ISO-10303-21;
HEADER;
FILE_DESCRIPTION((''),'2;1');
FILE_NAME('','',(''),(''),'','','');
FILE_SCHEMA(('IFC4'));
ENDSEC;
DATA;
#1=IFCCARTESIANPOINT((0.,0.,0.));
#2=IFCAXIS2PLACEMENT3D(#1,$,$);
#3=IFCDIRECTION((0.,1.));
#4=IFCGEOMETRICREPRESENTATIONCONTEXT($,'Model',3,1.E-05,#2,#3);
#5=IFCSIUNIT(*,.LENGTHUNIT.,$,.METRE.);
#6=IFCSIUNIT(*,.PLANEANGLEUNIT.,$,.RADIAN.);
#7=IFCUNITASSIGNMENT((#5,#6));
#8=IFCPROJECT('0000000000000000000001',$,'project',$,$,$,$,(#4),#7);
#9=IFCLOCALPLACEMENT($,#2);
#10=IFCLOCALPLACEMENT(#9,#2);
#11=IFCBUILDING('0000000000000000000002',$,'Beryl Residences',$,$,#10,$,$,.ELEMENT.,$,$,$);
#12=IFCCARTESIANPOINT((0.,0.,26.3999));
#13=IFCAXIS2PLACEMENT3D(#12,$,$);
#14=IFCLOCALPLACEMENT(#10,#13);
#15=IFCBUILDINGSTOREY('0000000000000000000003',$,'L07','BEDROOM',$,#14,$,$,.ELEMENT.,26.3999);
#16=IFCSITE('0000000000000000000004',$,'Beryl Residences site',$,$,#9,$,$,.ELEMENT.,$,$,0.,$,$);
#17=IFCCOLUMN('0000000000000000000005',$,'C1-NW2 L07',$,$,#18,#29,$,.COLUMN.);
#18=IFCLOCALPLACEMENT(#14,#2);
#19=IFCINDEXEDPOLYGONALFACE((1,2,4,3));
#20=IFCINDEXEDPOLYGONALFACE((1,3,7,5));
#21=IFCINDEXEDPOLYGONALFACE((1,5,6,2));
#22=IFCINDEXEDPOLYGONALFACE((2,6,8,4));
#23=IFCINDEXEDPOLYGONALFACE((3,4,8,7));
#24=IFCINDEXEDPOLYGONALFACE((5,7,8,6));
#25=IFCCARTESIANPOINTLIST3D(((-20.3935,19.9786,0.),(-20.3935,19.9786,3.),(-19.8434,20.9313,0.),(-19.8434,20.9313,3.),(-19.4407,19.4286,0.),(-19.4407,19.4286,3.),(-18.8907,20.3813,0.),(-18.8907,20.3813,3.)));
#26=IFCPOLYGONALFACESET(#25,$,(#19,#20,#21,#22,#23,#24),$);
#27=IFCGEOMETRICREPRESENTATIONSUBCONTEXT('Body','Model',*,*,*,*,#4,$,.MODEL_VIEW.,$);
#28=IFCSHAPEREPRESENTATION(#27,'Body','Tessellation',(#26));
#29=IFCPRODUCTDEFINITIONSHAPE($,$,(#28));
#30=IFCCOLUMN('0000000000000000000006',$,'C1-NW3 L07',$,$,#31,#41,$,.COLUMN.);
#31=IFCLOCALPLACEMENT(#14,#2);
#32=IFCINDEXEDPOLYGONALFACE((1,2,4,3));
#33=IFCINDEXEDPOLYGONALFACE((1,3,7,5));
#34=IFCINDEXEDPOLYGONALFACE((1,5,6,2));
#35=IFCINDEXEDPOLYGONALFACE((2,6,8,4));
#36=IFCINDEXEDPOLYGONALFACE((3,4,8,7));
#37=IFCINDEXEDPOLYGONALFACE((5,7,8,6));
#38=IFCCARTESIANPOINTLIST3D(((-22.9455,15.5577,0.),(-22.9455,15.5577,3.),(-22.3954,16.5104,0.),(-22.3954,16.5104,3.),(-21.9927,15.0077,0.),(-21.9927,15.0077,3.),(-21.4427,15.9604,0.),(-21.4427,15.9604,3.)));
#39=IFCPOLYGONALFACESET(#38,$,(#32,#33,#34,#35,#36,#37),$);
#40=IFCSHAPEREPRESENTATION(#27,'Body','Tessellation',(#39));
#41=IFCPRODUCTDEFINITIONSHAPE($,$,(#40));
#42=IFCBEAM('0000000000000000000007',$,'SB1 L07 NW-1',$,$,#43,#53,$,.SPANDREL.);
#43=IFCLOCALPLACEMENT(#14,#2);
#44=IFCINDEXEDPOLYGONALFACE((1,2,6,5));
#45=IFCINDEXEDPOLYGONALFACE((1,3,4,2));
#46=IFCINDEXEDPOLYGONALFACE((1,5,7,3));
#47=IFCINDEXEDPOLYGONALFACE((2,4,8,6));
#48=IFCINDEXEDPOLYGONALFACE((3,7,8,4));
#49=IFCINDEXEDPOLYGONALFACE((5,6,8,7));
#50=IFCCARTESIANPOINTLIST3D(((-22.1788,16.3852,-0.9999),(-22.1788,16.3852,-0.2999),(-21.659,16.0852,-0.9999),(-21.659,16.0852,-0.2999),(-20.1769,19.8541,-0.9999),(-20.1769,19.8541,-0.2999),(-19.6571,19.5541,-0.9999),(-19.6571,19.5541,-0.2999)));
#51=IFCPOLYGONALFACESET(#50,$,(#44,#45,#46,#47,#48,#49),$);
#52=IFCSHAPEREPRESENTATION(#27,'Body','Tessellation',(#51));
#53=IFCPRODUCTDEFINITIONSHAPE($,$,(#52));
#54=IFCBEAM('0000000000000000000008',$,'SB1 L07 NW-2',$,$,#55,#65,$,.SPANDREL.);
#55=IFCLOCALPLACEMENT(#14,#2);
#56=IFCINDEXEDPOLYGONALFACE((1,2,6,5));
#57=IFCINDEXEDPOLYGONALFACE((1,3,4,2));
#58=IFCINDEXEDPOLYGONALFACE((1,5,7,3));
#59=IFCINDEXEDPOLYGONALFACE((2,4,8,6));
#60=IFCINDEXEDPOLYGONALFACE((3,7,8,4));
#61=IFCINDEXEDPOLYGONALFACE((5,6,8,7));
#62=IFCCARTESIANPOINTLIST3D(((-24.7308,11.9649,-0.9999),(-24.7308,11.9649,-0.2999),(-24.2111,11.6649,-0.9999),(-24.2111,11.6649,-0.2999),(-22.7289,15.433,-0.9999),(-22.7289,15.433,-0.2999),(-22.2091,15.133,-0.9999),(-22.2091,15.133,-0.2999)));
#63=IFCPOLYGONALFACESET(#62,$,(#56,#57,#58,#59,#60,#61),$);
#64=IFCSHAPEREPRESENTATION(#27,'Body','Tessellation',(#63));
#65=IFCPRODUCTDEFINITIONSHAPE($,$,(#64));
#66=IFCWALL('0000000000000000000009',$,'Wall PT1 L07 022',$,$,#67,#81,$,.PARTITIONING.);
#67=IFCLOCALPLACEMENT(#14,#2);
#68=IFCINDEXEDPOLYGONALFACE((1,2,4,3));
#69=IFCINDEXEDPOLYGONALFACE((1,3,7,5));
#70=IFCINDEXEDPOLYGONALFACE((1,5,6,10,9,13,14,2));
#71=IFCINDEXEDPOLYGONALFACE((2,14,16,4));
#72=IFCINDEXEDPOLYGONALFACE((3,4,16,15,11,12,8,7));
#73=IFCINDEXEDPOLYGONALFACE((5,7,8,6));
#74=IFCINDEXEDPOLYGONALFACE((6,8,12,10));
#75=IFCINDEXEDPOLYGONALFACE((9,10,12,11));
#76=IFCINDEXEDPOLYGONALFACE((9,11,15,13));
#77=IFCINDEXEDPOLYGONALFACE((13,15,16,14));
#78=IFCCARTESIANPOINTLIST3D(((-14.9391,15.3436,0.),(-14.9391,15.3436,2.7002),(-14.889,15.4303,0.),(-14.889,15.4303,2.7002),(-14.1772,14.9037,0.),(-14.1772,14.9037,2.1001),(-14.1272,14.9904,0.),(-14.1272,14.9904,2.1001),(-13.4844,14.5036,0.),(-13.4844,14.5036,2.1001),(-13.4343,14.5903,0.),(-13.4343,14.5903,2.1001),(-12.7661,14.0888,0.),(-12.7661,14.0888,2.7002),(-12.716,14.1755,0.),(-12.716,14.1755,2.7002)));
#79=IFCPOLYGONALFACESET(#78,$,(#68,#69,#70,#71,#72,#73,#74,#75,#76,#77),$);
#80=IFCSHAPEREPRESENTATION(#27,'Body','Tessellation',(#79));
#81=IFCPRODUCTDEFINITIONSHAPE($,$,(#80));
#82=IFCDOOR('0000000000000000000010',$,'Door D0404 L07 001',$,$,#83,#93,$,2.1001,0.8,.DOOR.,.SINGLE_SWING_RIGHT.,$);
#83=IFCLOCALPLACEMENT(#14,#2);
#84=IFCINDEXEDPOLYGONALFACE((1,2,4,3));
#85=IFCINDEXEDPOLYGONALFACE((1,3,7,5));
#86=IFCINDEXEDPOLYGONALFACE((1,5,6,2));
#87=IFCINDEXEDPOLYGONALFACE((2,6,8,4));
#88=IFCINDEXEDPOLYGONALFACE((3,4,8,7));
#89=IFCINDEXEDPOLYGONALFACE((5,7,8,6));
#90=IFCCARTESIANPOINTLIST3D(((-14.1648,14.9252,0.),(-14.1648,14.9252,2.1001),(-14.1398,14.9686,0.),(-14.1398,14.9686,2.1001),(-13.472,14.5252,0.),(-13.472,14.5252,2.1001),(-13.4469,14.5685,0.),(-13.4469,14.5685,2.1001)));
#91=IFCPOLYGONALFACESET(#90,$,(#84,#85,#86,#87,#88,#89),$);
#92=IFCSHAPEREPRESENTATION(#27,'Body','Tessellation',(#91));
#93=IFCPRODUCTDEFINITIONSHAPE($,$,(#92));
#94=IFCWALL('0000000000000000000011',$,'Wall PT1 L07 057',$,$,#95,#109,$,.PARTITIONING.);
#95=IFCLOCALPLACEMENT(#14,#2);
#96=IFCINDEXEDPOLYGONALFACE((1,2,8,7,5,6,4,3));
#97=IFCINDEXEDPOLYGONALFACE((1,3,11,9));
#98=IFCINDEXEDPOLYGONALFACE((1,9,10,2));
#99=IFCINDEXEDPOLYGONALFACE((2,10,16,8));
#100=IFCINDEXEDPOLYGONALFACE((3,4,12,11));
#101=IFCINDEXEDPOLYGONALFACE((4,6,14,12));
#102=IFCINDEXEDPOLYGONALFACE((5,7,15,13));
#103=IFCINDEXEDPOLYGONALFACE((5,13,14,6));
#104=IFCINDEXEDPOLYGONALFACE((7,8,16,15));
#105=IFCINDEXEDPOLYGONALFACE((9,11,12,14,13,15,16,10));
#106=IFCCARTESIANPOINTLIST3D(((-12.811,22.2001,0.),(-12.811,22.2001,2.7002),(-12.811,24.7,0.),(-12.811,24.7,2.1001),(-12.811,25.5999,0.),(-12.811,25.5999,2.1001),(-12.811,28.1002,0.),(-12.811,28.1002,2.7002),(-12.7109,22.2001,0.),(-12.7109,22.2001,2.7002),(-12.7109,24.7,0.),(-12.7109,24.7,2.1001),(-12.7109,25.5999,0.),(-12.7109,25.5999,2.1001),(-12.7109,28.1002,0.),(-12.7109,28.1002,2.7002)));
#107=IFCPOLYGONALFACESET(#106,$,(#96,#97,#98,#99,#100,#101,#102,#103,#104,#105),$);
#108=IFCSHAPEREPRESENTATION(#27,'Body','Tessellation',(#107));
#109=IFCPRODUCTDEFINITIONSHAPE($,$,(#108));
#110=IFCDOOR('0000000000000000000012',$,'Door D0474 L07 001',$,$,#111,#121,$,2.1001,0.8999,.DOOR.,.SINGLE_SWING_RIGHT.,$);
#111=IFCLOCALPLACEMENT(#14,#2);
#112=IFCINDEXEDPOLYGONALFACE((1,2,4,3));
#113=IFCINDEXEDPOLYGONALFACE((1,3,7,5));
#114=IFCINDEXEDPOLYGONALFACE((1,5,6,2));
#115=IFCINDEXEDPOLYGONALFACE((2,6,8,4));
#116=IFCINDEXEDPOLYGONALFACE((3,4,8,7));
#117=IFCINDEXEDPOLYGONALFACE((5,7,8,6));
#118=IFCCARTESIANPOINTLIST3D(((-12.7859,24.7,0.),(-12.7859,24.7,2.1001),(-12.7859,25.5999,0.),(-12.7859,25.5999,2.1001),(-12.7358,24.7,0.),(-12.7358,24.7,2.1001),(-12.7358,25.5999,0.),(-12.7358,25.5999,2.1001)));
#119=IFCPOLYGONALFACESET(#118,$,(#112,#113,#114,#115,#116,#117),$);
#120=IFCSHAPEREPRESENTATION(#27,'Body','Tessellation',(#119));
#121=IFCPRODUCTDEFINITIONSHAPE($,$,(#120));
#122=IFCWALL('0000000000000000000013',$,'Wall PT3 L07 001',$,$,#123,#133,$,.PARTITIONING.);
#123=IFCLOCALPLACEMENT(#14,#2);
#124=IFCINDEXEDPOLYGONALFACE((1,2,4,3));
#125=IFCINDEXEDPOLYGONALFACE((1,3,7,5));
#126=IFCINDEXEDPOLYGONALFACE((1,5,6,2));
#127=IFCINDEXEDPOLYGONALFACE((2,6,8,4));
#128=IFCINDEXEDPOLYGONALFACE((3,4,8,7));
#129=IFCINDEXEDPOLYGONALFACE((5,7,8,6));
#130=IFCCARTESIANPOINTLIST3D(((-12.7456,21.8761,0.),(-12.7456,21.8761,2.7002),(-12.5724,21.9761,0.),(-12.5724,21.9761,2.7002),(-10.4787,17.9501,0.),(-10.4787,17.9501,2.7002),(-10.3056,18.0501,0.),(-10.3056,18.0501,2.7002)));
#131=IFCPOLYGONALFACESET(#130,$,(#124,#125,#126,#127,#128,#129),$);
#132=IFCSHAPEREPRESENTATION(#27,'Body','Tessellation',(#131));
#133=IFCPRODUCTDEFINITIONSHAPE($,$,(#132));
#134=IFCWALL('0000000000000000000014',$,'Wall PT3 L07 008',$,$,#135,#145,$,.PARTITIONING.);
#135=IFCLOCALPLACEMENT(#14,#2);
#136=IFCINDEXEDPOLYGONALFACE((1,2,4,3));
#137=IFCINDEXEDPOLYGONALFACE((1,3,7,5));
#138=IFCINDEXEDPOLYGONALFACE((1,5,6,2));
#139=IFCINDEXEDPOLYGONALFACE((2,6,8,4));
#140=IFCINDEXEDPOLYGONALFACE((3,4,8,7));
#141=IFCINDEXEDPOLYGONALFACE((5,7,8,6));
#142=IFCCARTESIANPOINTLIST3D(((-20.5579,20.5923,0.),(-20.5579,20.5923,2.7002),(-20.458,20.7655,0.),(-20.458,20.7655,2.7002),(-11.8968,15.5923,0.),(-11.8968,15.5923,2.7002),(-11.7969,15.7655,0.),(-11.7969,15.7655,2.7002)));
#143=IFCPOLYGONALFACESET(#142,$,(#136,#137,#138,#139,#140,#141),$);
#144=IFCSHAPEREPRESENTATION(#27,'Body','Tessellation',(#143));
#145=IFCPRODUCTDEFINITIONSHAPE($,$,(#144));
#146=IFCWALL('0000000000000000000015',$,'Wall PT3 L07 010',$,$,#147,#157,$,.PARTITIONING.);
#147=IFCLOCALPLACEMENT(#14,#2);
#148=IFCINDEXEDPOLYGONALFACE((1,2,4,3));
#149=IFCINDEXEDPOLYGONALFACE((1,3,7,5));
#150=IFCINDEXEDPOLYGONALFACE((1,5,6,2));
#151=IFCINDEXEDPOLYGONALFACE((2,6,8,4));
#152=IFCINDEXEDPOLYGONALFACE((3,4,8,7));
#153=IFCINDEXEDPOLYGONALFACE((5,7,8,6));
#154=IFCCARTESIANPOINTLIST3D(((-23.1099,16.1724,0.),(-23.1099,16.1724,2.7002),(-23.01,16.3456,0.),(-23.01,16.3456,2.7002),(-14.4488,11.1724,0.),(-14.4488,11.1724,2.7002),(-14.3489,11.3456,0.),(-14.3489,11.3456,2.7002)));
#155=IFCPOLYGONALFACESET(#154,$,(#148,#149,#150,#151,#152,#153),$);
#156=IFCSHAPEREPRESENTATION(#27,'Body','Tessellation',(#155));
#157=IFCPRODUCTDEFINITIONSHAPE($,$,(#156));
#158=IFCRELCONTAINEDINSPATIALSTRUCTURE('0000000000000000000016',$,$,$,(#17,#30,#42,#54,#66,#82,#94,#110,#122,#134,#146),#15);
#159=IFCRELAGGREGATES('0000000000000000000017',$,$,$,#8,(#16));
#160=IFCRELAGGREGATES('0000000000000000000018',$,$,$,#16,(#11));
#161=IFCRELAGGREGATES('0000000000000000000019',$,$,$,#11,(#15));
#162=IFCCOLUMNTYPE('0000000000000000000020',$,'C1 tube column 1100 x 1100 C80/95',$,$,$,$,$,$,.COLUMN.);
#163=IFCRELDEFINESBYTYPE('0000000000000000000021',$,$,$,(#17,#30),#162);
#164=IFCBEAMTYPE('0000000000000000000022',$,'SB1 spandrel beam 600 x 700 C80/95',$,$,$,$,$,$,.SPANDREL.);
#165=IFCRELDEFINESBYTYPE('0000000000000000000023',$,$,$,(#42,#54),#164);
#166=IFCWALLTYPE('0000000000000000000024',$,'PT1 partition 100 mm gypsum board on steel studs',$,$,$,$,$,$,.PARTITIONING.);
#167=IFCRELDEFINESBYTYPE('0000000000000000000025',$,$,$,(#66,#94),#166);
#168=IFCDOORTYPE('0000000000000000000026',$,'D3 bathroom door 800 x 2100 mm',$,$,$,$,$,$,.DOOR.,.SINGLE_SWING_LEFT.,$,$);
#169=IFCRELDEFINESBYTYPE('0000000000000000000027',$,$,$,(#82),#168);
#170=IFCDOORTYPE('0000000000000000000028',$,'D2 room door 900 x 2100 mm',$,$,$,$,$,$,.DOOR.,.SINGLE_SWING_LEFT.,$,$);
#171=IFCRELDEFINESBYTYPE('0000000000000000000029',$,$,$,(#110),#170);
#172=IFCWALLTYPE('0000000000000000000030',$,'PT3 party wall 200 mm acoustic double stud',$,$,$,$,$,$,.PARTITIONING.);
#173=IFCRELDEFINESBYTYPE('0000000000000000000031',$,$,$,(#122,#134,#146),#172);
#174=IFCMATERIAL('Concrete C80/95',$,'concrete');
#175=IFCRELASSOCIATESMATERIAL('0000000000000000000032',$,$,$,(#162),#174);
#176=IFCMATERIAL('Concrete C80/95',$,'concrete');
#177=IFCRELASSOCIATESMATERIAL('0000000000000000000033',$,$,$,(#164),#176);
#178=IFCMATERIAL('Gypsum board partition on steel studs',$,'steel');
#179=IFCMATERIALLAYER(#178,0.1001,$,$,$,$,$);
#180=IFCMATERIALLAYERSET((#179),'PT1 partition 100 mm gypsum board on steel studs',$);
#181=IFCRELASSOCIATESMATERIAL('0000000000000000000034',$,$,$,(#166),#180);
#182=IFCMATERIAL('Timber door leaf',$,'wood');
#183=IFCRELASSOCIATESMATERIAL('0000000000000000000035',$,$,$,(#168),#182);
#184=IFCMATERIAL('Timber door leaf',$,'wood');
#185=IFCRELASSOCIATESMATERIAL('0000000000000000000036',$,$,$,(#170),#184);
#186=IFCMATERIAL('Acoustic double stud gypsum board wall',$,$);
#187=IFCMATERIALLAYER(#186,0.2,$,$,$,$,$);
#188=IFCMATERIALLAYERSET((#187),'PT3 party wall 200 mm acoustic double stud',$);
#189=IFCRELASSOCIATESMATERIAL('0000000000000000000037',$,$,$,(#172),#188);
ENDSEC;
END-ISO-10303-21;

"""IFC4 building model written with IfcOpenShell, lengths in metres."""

from ifc_helpers import new_model, si_unit, direction, frame, frame_2d, origin, origin_2d, place, context, subcontext, project, spatial, rectangle, extrude, material, layer, layer_set, material_profile, profile_set, type_object, element, fill, save


model = new_model("IFC4")

# Units and contexts
model_context = context("Model", 3, precision=1e-05, world=origin(), true_north=direction((0.0, 1.0)))
body_context = subcontext(model_context, "Body", "Model", "MODEL_VIEW")
ifc_project = project(units=[si_unit("LENGTHUNIT", "METRE"), si_unit("PLANEANGLEUNIT", "RADIAN")], contexts=[model_context])

# Site, building, storey
site_placement = place(None, origin())
site = spatial("IfcSite", under=ifc_project, at=site_placement, Name="Beryl Residences site", CompositionType="ELEMENT", RefElevation=0.0)
building_placement = place(site_placement, origin())
building = spatial("IfcBuilding", under=site, at=building_placement, Name="Beryl Residences", CompositionType="ELEMENT")
storey_placement = place(building_placement, frame((0.0, 0.0, 26.3999)))
storey = spatial("IfcBuildingStorey", under=building, at=storey_placement, Name="L07", Description="BEDROOM", CompositionType="ELEMENT", Elevation=26.3999)

# Columns
ifc_material_1 = material(Name="Concrete C80/95", Category="concrete")
ifc_material_profile_1 = material_profile(ifc_material_1, rectangle(XDim=1.1001, YDim=1.1001, at=origin_2d()))
ifc_profile_set_1 = profile_set([ifc_material_profile_1], Name="Concrete C80/95")
column_type = type_object("IfcColumnType", Name="C1 tube column 1100 x 1100 C80/95", PredefinedType="COLUMN", material=ifc_profile_set_1)
for number, where, z_axis, x_axis, name in (
    (1, (-19.6421, 20.1799, 0.0), (0.0, 0.0, 1.0), (-0.499985, -0.866034, 0.0), "C1-NW2 L07"),
    (2, (-22.1941, 15.759, 0.0), (0.0, 0.0, 1.0), (-0.499985, -0.866034, 0.0), "C1-NW3 L07"),
):
    element("IfcColumn", number, at=place(storey_placement, frame(where, z_axis=z_axis, x_axis=x_axis)), inside=storey, type_object=column_type, Name=name, PredefinedType="COLUMN", context=body_context, shape_type="SweptSolid", body=[
        extrude(rectangle(XDim=1.1001, YDim=1.1001, at=origin_2d()), origin(), (0.0, 0.0, 1.0), 3.0),
    ])

# Beams
ifc_material_2 = material(Name="Concrete C80/95", Category="concrete")
ifc_material_profile_2 = material_profile(ifc_material_2, rectangle(XDim=0.6001, YDim=0.7, at=origin_2d()))
ifc_profile_set_2 = profile_set([ifc_material_profile_2], Name="Concrete C80/95")
beam_type = type_object("IfcBeamType", Name="SB1 spandrel beam 600 x 700 C80/95", PredefinedType="SPANDREL", material=ifc_profile_set_2)
beam_1_placement = place(storey_placement, frame((-19.917, 19.7041, -0.6499), z_axis=(-0.499837, -0.86612, 0.0), x_axis=(0.86612, -0.499837, 0.0)))
element("IfcBeam", 3, at=beam_1_placement, inside=storey, type_object=beam_type, Name="SB1 L07 NW-1", PredefinedType="SPANDREL", context=body_context, shape_type="SweptSolid", body=[
    extrude(rectangle(XDim=0.6001, YDim=0.7, at=origin_2d()), origin(), (0.0, 0.0, 1.0), 4.0051),
])
beam_2_placement = place(storey_placement, frame((-22.469, 15.283, -0.6499), z_axis=(-0.499942, -0.866059, 0.0), x_axis=(0.866059, -0.499942, 0.0)))
element("IfcBeam", 4, at=beam_2_placement, inside=storey, type_object=beam_type, Name="SB1 L07 NW-2", PredefinedType="SPANDREL", context=body_context, shape_type="SweptSolid", body=[
    extrude(rectangle(XDim=0.6001, YDim=0.7, at=origin_2d()), origin(), (0.0, 0.0, 1.0), 4.0044),
])

# Walls, openings, doors
ifc_material_3 = material(Name="Gypsum board partition on steel studs", Category="steel")
ifc_layer_1 = layer(ifc_material_3, 0.1001)
ifc_layer_set_1 = layer_set([ifc_layer_1], Name="PT1 partition 100 mm gypsum board on steel studs")
wall_type_1 = type_object("IfcWallType", Name="PT1 partition 100 mm gypsum board on steel studs", PredefinedType="PARTITIONING", material=ifc_layer_set_1)
wall_1_placement = place(storey_placement, frame((-14.9141, 15.387, 0.0), z_axis=(0.0, 0.0, 1.0), x_axis=(0.865983, -0.500073, 0.0)))
wall_1 = element("IfcWall", 5, at=wall_1_placement, inside=storey, type_object=wall_type_1, Name="Wall PT1 L07 022", PredefinedType="PARTITIONING", context=body_context, shape_type="SweptSolid", body=[
    extrude(rectangle(XDim=2.5093, YDim=0.1001, at=frame_2d((1.2546, 0.0))), origin(), (0.0, 0.0, 1.0), 2.7002),
])
opening_1_placement = place(wall_1_placement, frame((0.8799, 0.0, 0.0)))
opening_1 = element("IfcOpeningElement", 6, at=opening_1_placement, cuts=wall_1, PredefinedType="OPENING", context=body_context, shape_type="SweptSolid", body=[
    extrude(rectangle(XDim=0.8, YDim=2.1001, at=frame_2d((0.3999, 1.05))), frame((0.0, 0.0601, 0.0), z_axis=(0.0, -1.0, 0.0), x_axis=(1.0, 0.0, 0.0)), (0.0, 0.0, 1.0), 0.1201),
])
ifc_material_4 = material(Name="Timber door leaf", Category="wood")
door_type_1 = type_object("IfcDoorType", Name="D3 bathroom door 800 x 2100 mm", OperationType="SINGLE_SWING_LEFT", PredefinedType="DOOR", material=ifc_material_4)
door_1_placement = place(opening_1_placement, origin())
door_1 = element("IfcDoor", 7, at=door_1_placement, inside=storey, type_object=door_type_1, Name="Door D0404 L07 001", OperationType="SINGLE_SWING_RIGHT", OverallHeight=2.1001, OverallWidth=0.8, PredefinedType="DOOR", context=body_context, shape_type="SweptSolid", body=[
    extrude(rectangle(XDim=0.8, YDim=2.1001, at=frame_2d((0.3999, 1.05))), frame((0.0, 0.0249, 0.0), z_axis=(0.0, -1.0, 0.0), x_axis=(1.0, 0.0, 0.0)), (0.0, 0.0, 1.0), 0.05),
])
fill(opening_1, door_1)
wall_2_placement = place(storey_placement, frame((-12.761, 22.2, 0.0), z_axis=(0.0, 0.0, 1.0), x_axis=(0.0, 1.0, 0.0)))
wall_2 = element("IfcWall", 8, at=wall_2_placement, inside=storey, type_object=wall_type_1, Name="Wall PT1 L07 057", PredefinedType="PARTITIONING", context=body_context, shape_type="SweptSolid", body=[
    extrude(rectangle(XDim=5.9001, YDim=0.1001, at=frame_2d((2.9502, 0.0))), origin(), (0.0, 0.0, 1.0), 2.7002),
])
opening_2_placement = place(wall_2_placement, frame((2.5, 0.0, 0.0)))
opening_2 = element("IfcOpeningElement", 9, at=opening_2_placement, cuts=wall_2, PredefinedType="OPENING", context=body_context, shape_type="SweptSolid", body=[
    extrude(rectangle(XDim=0.8999, YDim=2.1001, at=frame_2d((0.45, 1.05))), frame((0.0, 0.0601, 0.0), z_axis=(0.0, -1.0, 0.0), x_axis=(1.0, 0.0, 0.0)), (0.0, 0.0, 1.0), 0.1201),
])
ifc_material_5 = material(Name="Timber door leaf", Category="wood")
door_type_2 = type_object("IfcDoorType", Name="D2 room door 900 x 2100 mm", OperationType="SINGLE_SWING_LEFT", PredefinedType="DOOR", material=ifc_material_5)
door_2_placement = place(opening_2_placement, origin())
door_2 = element("IfcDoor", 10, at=door_2_placement, inside=storey, type_object=door_type_2, Name="Door D0474 L07 001", OperationType="SINGLE_SWING_RIGHT", OverallHeight=2.1001, OverallWidth=0.8999, PredefinedType="DOOR", context=body_context, shape_type="SweptSolid", body=[
    extrude(rectangle(XDim=0.8999, YDim=2.1001, at=frame_2d((0.45, 1.05))), frame((0.0, 0.0249, 0.0), z_axis=(0.0, -1.0, 0.0), x_axis=(1.0, 0.0, 0.0)), (0.0, 0.0, 1.0), 0.05),
])
fill(opening_2, door_2)

# Walls
ifc_material_6 = material(Name="Acoustic double stud gypsum board wall")
ifc_layer_2 = layer(ifc_material_6, 0.2)
ifc_layer_set_2 = layer_set([ifc_layer_2], Name="PT3 party wall 200 mm acoustic double stud")
wall_type_2 = type_object("IfcWallType", Name="PT3 party wall 200 mm acoustic double stud", PredefinedType="PARTITIONING", material=ifc_layer_set_2)
wall_3_placement = place(storey_placement, frame((-12.6589, 21.926, 0.0), z_axis=(0.0, 0.0, 1.0), x_axis=(0.500025, -0.866011, 0.0)))
element("IfcWall", 11, at=wall_3_placement, inside=storey, type_object=wall_type_2, Name="Wall PT3 L07 001", PredefinedType="PARTITIONING", context=body_context, shape_type="SweptSolid", body=[
    extrude(rectangle(XDim=4.5334, YDim=0.2, at=frame_2d((2.2666, 0.0))), origin(), (0.0, 0.0, 1.0), 2.7002),
])
for number, where, z_axis, x_axis, name in (
    (12, (-20.5081, 20.679, 0.0), (0.0, 0.0, 1.0), (0.866047, -0.499962, 0.0), "Wall PT3 L07 008"),
    (13, (-23.0601, 16.259, 0.0), (0.0, 0.0, 1.0), (0.866047, -0.499962, 0.0), "Wall PT3 L07 010"),
):
    element("IfcWall", number, at=place(storey_placement, frame(where, z_axis=z_axis, x_axis=x_axis)), inside=storey, type_object=wall_type_2, Name=name, PredefinedType="PARTITIONING", context=body_context, shape_type="SweptSolid", body=[
        extrude(rectangle(XDim=10.0007, YDim=0.2, at=frame_2d((5.0005, 0.0))), origin(), (0.0, 0.0, 1.0), 2.7002),
    ])

save(model, "model.ifc")
